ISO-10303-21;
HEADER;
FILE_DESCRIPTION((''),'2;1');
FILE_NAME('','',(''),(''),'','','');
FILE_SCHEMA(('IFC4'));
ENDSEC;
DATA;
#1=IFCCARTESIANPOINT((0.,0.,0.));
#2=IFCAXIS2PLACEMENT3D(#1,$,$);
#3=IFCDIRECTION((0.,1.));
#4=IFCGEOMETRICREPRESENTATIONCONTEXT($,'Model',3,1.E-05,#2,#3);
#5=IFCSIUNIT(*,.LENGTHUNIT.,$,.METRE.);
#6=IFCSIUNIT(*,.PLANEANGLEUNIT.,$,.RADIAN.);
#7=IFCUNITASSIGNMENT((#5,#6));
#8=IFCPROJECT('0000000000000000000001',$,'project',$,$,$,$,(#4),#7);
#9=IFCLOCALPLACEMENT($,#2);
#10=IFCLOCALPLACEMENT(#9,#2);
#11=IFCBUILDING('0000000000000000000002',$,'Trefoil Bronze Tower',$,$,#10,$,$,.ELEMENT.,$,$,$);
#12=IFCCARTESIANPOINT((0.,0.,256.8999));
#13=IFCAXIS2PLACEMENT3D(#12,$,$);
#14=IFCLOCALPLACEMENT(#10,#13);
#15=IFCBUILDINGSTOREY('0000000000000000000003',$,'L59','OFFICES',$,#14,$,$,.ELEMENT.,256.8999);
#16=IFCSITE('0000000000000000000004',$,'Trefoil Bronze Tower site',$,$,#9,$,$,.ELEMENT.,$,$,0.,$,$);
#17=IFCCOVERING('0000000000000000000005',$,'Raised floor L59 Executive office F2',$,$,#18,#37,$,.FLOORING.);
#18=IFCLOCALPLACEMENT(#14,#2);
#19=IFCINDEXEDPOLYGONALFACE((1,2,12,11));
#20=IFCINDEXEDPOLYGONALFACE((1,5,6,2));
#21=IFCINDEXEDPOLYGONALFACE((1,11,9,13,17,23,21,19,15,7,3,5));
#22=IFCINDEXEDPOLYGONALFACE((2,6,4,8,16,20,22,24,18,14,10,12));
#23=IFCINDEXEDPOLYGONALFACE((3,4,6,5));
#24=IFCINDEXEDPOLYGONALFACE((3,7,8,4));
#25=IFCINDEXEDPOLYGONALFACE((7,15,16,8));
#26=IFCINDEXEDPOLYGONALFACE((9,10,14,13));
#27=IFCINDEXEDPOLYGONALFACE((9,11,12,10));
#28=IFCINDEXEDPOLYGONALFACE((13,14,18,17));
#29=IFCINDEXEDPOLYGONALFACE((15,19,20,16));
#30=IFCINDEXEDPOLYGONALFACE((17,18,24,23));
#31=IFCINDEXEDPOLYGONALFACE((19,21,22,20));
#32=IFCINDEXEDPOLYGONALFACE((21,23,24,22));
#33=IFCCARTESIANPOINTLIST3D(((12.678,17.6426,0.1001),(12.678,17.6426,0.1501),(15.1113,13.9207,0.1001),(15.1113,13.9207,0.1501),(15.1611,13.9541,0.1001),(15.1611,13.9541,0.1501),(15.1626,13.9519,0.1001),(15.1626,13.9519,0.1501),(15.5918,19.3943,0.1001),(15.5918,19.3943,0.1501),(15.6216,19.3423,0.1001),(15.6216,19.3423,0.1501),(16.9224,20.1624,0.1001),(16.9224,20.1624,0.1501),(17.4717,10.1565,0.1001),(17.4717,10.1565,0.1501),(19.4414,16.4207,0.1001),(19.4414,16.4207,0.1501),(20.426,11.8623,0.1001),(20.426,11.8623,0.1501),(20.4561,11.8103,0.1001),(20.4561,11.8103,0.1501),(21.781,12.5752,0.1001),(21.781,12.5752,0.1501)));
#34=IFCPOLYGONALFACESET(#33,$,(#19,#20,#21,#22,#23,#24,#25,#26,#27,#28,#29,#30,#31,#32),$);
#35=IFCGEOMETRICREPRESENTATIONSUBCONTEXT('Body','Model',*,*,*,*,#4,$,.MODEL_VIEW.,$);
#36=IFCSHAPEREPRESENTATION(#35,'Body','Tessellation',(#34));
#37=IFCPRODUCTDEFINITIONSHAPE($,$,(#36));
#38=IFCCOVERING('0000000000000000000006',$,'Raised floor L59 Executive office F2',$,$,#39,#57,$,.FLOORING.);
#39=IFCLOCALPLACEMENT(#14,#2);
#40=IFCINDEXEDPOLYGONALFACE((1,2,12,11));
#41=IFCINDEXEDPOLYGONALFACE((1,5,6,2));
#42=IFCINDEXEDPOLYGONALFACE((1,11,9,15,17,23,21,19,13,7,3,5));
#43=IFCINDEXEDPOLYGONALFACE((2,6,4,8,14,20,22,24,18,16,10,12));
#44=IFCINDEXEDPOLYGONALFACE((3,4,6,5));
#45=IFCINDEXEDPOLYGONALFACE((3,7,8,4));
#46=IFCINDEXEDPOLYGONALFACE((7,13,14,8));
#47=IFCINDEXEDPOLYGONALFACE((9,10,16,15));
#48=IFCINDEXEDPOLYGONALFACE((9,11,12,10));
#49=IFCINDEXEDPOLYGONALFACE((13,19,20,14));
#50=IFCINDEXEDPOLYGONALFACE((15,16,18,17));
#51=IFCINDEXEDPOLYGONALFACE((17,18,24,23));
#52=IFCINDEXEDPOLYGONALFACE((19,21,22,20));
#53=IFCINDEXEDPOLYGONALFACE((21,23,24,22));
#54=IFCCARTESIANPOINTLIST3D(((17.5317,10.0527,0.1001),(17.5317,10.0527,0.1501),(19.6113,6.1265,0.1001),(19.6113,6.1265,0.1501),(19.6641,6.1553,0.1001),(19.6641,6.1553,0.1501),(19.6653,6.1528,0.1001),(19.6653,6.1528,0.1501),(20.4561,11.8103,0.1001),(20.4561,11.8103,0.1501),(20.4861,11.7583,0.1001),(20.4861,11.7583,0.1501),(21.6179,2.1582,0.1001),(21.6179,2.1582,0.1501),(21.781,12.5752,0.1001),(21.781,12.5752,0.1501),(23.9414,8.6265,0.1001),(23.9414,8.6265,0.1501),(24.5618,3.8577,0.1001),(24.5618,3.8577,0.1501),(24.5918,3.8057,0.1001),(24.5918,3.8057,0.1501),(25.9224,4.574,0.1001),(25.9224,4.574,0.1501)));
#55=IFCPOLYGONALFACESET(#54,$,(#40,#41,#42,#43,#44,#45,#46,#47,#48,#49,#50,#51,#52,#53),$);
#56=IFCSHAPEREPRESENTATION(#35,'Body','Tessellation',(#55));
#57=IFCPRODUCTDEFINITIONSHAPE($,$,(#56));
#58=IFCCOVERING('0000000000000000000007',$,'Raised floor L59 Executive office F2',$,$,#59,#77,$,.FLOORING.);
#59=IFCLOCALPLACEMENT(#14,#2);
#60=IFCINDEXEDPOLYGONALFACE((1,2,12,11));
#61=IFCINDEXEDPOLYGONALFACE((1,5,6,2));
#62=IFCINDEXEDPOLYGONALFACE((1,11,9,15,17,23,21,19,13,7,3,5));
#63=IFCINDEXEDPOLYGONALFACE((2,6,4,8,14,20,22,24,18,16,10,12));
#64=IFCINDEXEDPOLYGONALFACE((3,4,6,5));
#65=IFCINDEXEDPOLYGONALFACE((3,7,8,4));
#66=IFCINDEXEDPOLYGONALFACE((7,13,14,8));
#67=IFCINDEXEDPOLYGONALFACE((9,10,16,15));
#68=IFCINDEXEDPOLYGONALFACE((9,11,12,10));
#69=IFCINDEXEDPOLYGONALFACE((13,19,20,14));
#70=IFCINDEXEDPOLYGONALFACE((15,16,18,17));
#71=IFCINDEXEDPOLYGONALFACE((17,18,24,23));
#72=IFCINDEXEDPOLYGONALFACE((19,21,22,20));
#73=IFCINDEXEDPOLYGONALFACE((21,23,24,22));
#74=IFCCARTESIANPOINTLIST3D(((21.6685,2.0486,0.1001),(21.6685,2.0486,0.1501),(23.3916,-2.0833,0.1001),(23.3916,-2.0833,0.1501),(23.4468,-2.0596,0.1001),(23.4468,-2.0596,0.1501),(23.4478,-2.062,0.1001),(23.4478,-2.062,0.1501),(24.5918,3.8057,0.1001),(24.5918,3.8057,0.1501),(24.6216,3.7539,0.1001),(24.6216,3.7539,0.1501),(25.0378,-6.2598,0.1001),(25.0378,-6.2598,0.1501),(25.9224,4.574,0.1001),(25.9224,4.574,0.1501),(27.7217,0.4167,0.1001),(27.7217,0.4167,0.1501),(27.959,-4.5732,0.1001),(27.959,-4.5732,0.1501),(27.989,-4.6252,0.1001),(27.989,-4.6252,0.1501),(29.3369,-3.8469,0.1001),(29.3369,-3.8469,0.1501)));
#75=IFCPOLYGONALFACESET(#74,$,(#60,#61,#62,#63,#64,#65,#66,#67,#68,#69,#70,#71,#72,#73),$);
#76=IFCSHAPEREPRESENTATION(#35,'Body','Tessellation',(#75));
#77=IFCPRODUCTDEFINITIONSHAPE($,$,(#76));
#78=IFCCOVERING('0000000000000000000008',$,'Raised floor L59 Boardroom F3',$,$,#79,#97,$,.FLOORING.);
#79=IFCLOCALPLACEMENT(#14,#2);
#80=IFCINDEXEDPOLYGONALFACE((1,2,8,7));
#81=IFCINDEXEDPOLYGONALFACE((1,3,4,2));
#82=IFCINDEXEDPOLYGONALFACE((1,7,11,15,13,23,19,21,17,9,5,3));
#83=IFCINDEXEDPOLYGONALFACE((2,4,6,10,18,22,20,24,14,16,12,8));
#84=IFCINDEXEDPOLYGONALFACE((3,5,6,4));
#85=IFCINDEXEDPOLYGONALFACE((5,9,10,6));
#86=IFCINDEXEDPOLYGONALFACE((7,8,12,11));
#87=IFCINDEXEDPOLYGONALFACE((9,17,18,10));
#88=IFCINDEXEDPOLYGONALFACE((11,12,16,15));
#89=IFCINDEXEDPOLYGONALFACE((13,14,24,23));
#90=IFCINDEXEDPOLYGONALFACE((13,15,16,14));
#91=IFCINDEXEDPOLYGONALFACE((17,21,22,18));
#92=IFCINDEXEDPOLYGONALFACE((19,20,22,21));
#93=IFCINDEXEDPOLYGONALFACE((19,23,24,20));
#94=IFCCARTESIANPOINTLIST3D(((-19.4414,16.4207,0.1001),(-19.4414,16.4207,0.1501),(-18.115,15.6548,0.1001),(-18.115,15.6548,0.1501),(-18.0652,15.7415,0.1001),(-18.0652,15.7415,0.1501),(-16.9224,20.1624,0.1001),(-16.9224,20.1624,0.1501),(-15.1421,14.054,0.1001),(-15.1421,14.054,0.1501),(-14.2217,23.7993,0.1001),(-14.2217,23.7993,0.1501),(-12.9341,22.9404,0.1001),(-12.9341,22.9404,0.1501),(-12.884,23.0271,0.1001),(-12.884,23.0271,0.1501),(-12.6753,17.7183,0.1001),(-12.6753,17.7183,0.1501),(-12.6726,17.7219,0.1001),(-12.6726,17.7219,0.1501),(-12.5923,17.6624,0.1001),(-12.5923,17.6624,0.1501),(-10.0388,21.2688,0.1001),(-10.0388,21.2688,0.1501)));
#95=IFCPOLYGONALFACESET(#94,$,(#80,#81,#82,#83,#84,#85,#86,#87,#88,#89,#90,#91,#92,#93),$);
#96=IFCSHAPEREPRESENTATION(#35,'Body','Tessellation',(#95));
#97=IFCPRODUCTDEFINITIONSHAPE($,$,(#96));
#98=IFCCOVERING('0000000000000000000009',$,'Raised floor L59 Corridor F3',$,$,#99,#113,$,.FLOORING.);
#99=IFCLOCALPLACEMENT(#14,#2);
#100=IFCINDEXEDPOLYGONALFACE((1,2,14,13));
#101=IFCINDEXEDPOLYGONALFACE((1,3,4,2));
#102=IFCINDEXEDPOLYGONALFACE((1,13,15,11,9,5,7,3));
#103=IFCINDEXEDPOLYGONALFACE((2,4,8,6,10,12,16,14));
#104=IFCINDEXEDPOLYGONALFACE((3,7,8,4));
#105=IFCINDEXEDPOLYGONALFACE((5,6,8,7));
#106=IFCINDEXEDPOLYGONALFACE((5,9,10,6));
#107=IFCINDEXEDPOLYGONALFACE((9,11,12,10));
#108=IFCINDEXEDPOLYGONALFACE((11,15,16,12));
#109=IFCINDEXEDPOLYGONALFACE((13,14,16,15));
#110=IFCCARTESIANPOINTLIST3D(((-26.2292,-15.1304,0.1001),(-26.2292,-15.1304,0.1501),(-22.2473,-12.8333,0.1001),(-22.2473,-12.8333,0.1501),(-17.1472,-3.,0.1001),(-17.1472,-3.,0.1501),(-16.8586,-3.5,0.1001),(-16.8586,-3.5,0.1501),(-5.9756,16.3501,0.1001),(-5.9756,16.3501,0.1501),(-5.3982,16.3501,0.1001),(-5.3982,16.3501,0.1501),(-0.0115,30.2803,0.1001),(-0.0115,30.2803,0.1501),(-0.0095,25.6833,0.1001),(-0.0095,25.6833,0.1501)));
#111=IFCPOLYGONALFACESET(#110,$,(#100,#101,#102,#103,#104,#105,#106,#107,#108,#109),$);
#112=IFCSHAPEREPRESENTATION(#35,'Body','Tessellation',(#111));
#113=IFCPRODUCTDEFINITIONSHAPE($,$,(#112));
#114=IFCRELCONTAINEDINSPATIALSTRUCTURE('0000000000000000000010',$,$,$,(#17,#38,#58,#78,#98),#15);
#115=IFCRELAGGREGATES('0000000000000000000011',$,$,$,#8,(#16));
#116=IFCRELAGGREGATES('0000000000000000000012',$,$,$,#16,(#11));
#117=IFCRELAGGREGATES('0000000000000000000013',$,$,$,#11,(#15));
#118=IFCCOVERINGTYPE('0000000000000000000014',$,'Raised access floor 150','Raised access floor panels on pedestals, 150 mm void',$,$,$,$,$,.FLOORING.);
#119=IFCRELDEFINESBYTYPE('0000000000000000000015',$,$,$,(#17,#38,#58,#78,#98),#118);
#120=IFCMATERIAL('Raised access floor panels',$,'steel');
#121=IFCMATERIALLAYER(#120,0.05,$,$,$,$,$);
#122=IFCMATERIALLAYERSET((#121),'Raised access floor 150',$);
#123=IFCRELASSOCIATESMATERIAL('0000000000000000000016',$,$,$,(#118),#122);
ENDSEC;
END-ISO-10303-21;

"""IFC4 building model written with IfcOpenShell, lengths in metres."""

from ifc_helpers import new_model, si_unit, direction, frame, origin, place, context, subcontext, project, spatial, polyline, outline, extrude, material, layer, layer_set, type_object, element, save


model = new_model("IFC4")

# Units and contexts
model_context = context("Model", 3, precision=1e-05, world=origin(), true_north=direction((0.0, 1.0)))
body_context = subcontext(model_context, "Body", "Model", "MODEL_VIEW")
ifc_project = project(units=[si_unit("LENGTHUNIT", "METRE"), si_unit("PLANEANGLEUNIT", "RADIAN")], contexts=[model_context])

# Site, building, storey
site_placement = place(None, origin())
site = spatial("IfcSite", under=ifc_project, at=site_placement, Name="Trefoil Bronze Tower site", CompositionType="ELEMENT", RefElevation=0.0)
building_placement = place(site_placement, origin())
building = spatial("IfcBuilding", under=site, at=building_placement, Name="Trefoil Bronze Tower", CompositionType="ELEMENT")
storey_placement = place(building_placement, frame((0.0, 0.0, 256.8999)))
storey = spatial("IfcBuildingStorey", under=building, at=storey_placement, Name="L59", Description="OFFICES", CompositionType="ELEMENT", Elevation=256.8999)

# Coverings
ifc_material_1 = material(Name="Raised access floor panels", Category="steel")
ifc_layer_1 = layer(ifc_material_1, 0.05)
ifc_layer_set_1 = layer_set([ifc_layer_1], Name="Raised access floor 150")
covering_type_1 = type_object("IfcCoveringType", Name="Raised access floor 150", Description="Raised access floor panels on pedestals, 150 mm void", PredefinedType="FLOORING", material=ifc_layer_set_1)
covering_1_placement = place(storey_placement, frame((0.0, 0.0, 0.1001)))
element("IfcCovering", 1, at=covering_1_placement, inside=storey, type_object=covering_type_1, Name="Raised floor L59 Executive office F2", PredefinedType="FLOORING", context=body_context, shape_type="SweptSolid", body=[
    extrude(outline(polyline([(19.4414, 16.4207), (21.781, 12.5752), (20.4561, 11.8103), (20.426, 11.8623), (17.4717, 10.1565), (15.1626, 13.9519), (15.1113, 13.9207), (15.1611, 13.9541), (12.678, 17.6426), (15.6216, 19.3423), (15.5918, 19.3943), (16.9224, 20.1624), (19.4414, 16.4207)])), origin(), (0.0, 0.0, 1.0), 0.05),
])
covering_2_placement = place(storey_placement, frame((0.0, 0.0, 0.1001)))
element("IfcCovering", 2, at=covering_2_placement, inside=storey, type_object=covering_type_1, Name="Raised floor L59 Executive office F2", PredefinedType="FLOORING", context=body_context, shape_type="SweptSolid", body=[
    extrude(outline(polyline([(23.9414, 8.6265), (25.9224, 4.574), (24.5918, 3.8057), (24.5618, 3.8577), (21.6179, 2.1582), (19.6653, 6.1528), (19.6113, 6.1265), (19.6641, 6.1553), (17.5317, 10.0527), (20.4861, 11.7583), (20.4561, 11.8103), (21.781, 12.5752), (23.9414, 8.6265)])), origin(), (0.0, 0.0, 1.0), 0.05),
])
covering_3_placement = place(storey_placement, frame((0.0, 0.0, 0.1001)))
element("IfcCovering", 3, at=covering_3_placement, inside=storey, type_object=covering_type_1, Name="Raised floor L59 Executive office F2", PredefinedType="FLOORING", context=body_context, shape_type="SweptSolid", body=[
    extrude(outline(polyline([(27.7217, 0.4167), (29.3369, -3.8469), (27.989, -4.6252), (27.959, -4.5732), (25.0378, -6.2598), (23.4478, -2.062), (23.3916, -2.0833), (23.4468, -2.0596), (21.6685, 2.0486), (24.6216, 3.7539), (24.5918, 3.8057), (25.9224, 4.574), (27.7217, 0.4167)])), origin(), (0.0, 0.0, 1.0), 0.05),
])
covering_4_placement = place(storey_placement, frame((0.0, 0.0, 0.1001)))
element("IfcCovering", 4, at=covering_4_placement, inside=storey, type_object=covering_type_1, Name="Raised floor L59 Boardroom F3", PredefinedType="FLOORING", context=body_context, shape_type="SweptSolid", body=[
    extrude(outline(polyline([(-16.9224, 20.1624), (-14.2217, 23.7993), (-12.884, 23.0271), (-12.9341, 22.9404), (-10.0388, 21.2688), (-12.6726, 17.7219), (-12.5923, 17.6624), (-12.6753, 17.7183), (-15.1421, 14.054), (-18.0652, 15.7415), (-18.115, 15.6548), (-19.4414, 16.4207), (-16.9224, 20.1624)])), origin(), (0.0, 0.0, 1.0), 0.05),
])
covering_5_placement = place(storey_placement, frame((0.0, 0.0, 0.1001)))
element("IfcCovering", 5, at=covering_5_placement, inside=storey, type_object=covering_type_1, Name="Raised floor L59 Corridor F3", PredefinedType="FLOORING", context=body_context, shape_type="SweptSolid", body=[
    extrude(outline(polyline([(-0.0115, 30.2803), (-0.0095, 25.6833), (-5.3982, 16.3501), (-5.9756, 16.3501), (-17.1472, -3.0), (-16.8586, -3.5), (-22.2473, -12.8333), (-26.2292, -15.1304), (-0.0115, 30.2803)])), origin(), (0.0, 0.0, 1.0), 0.05),
])

save(model, "model.ifc")
